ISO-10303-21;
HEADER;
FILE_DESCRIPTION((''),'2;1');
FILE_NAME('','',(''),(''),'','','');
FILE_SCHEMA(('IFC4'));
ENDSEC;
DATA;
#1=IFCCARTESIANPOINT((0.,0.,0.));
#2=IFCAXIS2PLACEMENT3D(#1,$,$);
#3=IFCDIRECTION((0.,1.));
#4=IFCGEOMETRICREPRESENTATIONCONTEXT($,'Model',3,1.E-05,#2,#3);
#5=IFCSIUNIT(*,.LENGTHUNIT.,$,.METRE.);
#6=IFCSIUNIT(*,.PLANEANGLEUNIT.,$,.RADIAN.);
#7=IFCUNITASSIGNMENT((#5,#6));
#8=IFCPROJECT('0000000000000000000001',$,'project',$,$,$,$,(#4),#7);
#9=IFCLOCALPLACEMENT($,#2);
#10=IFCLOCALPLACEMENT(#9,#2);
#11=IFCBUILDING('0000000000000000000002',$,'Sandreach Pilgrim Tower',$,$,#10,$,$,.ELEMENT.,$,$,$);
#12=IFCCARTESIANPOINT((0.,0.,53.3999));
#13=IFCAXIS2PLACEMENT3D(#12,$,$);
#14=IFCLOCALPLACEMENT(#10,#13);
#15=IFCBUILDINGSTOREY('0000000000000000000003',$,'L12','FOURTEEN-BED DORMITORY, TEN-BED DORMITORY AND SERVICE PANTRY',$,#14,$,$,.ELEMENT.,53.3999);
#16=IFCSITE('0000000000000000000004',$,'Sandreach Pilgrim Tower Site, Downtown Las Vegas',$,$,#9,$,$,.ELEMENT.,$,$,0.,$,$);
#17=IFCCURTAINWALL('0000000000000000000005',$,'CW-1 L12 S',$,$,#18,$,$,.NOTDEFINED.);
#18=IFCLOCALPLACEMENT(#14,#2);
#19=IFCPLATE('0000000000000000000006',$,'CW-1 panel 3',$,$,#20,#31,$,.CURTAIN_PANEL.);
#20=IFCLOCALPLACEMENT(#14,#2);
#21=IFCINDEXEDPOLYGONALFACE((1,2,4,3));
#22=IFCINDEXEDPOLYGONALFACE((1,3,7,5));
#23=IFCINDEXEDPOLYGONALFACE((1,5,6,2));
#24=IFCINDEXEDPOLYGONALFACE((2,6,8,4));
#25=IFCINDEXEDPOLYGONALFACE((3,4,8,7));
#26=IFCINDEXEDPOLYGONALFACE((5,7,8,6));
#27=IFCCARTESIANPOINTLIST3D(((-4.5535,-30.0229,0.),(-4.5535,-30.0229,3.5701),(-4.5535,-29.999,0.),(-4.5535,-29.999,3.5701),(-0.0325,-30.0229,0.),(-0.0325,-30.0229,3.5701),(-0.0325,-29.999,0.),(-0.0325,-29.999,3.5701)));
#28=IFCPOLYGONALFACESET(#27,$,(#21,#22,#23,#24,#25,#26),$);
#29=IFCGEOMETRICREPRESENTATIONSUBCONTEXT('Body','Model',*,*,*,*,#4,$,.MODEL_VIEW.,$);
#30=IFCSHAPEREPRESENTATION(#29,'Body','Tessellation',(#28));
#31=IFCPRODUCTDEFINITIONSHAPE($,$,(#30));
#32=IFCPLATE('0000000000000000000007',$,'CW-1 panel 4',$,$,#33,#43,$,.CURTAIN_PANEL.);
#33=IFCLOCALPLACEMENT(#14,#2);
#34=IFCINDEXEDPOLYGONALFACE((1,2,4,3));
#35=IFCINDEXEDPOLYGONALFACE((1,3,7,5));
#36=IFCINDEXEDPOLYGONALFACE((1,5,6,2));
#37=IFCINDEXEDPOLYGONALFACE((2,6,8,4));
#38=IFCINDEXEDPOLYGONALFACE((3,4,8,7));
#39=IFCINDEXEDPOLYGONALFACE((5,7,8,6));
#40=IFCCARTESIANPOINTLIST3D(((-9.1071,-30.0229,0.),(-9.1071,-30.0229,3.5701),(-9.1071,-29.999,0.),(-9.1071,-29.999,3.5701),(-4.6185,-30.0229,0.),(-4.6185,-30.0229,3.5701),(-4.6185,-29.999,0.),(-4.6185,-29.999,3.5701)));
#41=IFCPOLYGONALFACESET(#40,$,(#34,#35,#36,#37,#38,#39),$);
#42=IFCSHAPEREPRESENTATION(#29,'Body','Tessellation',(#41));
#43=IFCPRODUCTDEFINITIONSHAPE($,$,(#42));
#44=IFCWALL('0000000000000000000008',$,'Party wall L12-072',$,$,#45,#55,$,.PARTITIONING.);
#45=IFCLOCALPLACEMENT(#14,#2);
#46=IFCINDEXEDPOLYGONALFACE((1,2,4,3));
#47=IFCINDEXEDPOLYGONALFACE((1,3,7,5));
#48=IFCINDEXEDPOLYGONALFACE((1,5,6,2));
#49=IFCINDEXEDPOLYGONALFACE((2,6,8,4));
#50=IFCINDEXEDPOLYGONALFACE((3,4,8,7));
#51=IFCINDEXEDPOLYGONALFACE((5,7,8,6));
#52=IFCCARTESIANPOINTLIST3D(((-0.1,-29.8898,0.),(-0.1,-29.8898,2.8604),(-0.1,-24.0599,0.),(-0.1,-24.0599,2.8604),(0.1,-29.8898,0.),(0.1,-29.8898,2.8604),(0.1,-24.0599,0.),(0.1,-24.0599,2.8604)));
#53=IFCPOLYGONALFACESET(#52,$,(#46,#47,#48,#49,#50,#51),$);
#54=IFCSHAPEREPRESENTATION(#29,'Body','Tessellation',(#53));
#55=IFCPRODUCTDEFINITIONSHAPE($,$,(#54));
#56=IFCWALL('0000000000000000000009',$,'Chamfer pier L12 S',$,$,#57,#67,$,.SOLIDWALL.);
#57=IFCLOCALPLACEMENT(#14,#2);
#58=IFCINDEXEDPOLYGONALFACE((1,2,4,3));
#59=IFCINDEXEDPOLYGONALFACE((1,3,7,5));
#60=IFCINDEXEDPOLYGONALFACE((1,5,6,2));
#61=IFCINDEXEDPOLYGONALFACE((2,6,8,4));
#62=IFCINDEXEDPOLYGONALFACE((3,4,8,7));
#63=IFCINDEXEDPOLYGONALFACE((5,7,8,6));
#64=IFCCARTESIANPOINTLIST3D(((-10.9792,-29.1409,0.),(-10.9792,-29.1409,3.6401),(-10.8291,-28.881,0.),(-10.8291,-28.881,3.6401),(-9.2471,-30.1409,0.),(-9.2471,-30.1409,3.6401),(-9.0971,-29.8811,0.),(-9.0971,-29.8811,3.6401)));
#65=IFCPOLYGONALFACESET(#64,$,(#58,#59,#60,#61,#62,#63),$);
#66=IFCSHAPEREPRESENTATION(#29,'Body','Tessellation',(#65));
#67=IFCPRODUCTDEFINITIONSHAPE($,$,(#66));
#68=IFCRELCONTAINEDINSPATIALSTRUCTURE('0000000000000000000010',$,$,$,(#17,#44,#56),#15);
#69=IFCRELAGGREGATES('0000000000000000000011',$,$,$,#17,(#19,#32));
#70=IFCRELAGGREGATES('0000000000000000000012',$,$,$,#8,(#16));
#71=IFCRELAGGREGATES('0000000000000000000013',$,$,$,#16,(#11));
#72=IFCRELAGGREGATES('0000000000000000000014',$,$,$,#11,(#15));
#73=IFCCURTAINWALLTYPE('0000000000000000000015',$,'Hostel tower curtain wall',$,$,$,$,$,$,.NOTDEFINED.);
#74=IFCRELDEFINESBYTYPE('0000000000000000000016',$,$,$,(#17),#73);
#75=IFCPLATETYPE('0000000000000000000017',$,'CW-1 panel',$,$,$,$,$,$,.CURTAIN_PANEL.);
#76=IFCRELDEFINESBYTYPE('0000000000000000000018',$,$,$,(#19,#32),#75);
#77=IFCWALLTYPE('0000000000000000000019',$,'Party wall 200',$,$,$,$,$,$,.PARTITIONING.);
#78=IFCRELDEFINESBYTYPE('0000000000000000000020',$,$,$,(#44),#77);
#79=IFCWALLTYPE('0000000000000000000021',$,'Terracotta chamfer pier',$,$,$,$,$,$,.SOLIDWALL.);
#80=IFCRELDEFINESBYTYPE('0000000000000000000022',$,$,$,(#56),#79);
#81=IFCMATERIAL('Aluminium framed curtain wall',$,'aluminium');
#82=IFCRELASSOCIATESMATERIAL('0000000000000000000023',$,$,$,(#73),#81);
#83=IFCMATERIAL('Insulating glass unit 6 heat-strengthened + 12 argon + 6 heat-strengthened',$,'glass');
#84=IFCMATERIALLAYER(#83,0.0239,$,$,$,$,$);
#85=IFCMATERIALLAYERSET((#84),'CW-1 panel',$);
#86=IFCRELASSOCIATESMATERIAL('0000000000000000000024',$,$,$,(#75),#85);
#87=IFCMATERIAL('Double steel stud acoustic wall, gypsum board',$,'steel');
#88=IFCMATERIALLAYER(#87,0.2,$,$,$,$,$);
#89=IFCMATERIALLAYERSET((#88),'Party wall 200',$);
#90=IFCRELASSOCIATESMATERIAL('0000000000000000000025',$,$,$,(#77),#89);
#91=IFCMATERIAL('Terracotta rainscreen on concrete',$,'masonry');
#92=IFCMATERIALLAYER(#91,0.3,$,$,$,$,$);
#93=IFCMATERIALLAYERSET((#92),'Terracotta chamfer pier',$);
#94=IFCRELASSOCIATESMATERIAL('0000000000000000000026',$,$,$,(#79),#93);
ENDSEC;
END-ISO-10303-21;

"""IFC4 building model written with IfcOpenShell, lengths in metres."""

from ifc_helpers import new_model, si_unit, direction, frame, frame_2d, origin, origin_2d, place, context, subcontext, project, spatial, rectangle, extrude, material, layer, layer_set, type_object, element, aggregate, save


model = new_model("IFC4")

# Units and contexts
model_context = context("Model", 3, precision=1e-05, world=origin(), true_north=direction((0.0, 1.0)))
body_context = subcontext(model_context, "Body", "Model", "MODEL_VIEW")
ifc_project = project(units=[si_unit("LENGTHUNIT", "METRE"), si_unit("PLANEANGLEUNIT", "RADIAN")], contexts=[model_context])

# Site, building, storey
site_placement = place(None, origin())
site = spatial("IfcSite", under=ifc_project, at=site_placement, Name="Sandreach Pilgrim Tower Site, Downtown Las Vegas", CompositionType="ELEMENT", RefElevation=0.0)
building_placement = place(site_placement, origin())
building = spatial("IfcBuilding", under=site, at=building_placement, Name="Sandreach Pilgrim Tower", CompositionType="ELEMENT")
storey_placement = place(building_placement, frame((0.0, 0.0, 53.3999)))
storey = spatial("IfcBuildingStorey", under=building, at=storey_placement, Name="L12", Description="FOURTEEN-BED DORMITORY, TEN-BED DORMITORY AND SERVICE PANTRY", CompositionType="ELEMENT", Elevation=53.3999)

# Curtain wall
ifc_material_1 = material(Name="Aluminium framed curtain wall", Category="aluminium")
curtain_wall_type = type_object("IfcCurtainWallType", Name="Hostel tower curtain wall", PredefinedType="NOTDEFINED", material=ifc_material_1)
curtain_wall_placement = place(storey_placement, origin())
curtain_wall = element("IfcCurtainWall", 1, at=curtain_wall_placement, inside=storey, type_object=curtain_wall_type, Name="CW-1 L12 S", PredefinedType="NOTDEFINED")

# Plates
ifc_material_2 = material(Name="Insulating glass unit 6 heat-strengthened + 12 argon + 6 heat-strengthened", Category="glass")
ifc_layer_1 = layer(ifc_material_2, 0.0239)
ifc_layer_set_1 = layer_set([ifc_layer_1], Name="CW-1 panel")
plate_type = type_object("IfcPlateType", Name="CW-1 panel", PredefinedType="CURTAIN_PANEL", material=ifc_layer_set_1)
plate_1_placement = place(storey_placement, frame((-2.293, -30.011, 0.0), z_axis=(0.0, 0.0, 1.0), x_axis=(-1.0, 0.0, 0.0)))
plate_1 = element("IfcPlate", 2, at=plate_1_placement, type_object=plate_type, Name="CW-1 panel 3", PredefinedType="CURTAIN_PANEL", context=body_context, shape_type="SweptSolid", body=[
    extrude(rectangle(XDim=4.521, YDim=0.0239, at=origin_2d()), origin(), (0.0, 0.0, 1.0), 3.5701),
])
plate_2_placement = place(storey_placement, frame((-6.8628, -30.011, 0.0), z_axis=(0.0, 0.0, 1.0), x_axis=(-1.0, 0.0, 0.0)))
plate_2 = element("IfcPlate", 3, at=plate_2_placement, type_object=plate_type, Name="CW-1 panel 4", PredefinedType="CURTAIN_PANEL", context=body_context, shape_type="SweptSolid", body=[
    extrude(rectangle(XDim=4.4885, YDim=0.0239, at=origin_2d()), origin(), (0.0, 0.0, 1.0), 3.5701),
])
aggregate(curtain_wall, [plate_1, plate_2])

# Walls
ifc_material_3 = material(Name="Double steel stud acoustic wall, gypsum board", Category="steel")
ifc_layer_2 = layer(ifc_material_3, 0.2)
ifc_layer_set_2 = layer_set([ifc_layer_2], Name="Party wall 200")
wall_type_1 = type_object("IfcWallType", Name="Party wall 200", PredefinedType="PARTITIONING", material=ifc_layer_set_2)
wall_1_placement = place(storey_placement, frame((0.0, -29.8899, 0.0), z_axis=(0.0, 0.0, 1.0), x_axis=(0.0, 1.0, 0.0)))
element("IfcWall", 4, at=wall_1_placement, inside=storey, type_object=wall_type_1, Name="Party wall L12-072", PredefinedType="PARTITIONING", context=body_context, shape_type="SweptSolid", body=[
    extrude(rectangle(XDim=5.8298, YDim=0.2, at=frame_2d((2.915, 0.0))), origin(), (0.0, 0.0, 1.0), 2.8604),
])
ifc_material_4 = material(Name="Terracotta rainscreen on concrete", Category="masonry")
ifc_layer_3 = layer(ifc_material_4, 0.3)
ifc_layer_set_3 = layer_set([ifc_layer_3], Name="Terracotta chamfer pier")
wall_type_2 = type_object("IfcWallType", Name="Terracotta chamfer pier", PredefinedType="SOLIDWALL", material=ifc_layer_set_3)
wall_2_placement = place(storey_placement, frame((-9.1721, -30.011, 0.0), z_axis=(0.0, 0.0, 1.0), x_axis=(-0.866011, 0.500025, 0.0)))
element("IfcWall", 5, at=wall_2_placement, inside=storey, type_object=wall_type_2, Name="Chamfer pier L12 S", PredefinedType="SOLIDWALL", context=body_context, shape_type="SweptSolid", body=[
    extrude(rectangle(XDim=2.0, YDim=0.3, at=frame_2d((1.0, 0.0))), origin(), (0.0, 0.0, 1.0), 3.6401),
])

save(model, "model.ifc")
